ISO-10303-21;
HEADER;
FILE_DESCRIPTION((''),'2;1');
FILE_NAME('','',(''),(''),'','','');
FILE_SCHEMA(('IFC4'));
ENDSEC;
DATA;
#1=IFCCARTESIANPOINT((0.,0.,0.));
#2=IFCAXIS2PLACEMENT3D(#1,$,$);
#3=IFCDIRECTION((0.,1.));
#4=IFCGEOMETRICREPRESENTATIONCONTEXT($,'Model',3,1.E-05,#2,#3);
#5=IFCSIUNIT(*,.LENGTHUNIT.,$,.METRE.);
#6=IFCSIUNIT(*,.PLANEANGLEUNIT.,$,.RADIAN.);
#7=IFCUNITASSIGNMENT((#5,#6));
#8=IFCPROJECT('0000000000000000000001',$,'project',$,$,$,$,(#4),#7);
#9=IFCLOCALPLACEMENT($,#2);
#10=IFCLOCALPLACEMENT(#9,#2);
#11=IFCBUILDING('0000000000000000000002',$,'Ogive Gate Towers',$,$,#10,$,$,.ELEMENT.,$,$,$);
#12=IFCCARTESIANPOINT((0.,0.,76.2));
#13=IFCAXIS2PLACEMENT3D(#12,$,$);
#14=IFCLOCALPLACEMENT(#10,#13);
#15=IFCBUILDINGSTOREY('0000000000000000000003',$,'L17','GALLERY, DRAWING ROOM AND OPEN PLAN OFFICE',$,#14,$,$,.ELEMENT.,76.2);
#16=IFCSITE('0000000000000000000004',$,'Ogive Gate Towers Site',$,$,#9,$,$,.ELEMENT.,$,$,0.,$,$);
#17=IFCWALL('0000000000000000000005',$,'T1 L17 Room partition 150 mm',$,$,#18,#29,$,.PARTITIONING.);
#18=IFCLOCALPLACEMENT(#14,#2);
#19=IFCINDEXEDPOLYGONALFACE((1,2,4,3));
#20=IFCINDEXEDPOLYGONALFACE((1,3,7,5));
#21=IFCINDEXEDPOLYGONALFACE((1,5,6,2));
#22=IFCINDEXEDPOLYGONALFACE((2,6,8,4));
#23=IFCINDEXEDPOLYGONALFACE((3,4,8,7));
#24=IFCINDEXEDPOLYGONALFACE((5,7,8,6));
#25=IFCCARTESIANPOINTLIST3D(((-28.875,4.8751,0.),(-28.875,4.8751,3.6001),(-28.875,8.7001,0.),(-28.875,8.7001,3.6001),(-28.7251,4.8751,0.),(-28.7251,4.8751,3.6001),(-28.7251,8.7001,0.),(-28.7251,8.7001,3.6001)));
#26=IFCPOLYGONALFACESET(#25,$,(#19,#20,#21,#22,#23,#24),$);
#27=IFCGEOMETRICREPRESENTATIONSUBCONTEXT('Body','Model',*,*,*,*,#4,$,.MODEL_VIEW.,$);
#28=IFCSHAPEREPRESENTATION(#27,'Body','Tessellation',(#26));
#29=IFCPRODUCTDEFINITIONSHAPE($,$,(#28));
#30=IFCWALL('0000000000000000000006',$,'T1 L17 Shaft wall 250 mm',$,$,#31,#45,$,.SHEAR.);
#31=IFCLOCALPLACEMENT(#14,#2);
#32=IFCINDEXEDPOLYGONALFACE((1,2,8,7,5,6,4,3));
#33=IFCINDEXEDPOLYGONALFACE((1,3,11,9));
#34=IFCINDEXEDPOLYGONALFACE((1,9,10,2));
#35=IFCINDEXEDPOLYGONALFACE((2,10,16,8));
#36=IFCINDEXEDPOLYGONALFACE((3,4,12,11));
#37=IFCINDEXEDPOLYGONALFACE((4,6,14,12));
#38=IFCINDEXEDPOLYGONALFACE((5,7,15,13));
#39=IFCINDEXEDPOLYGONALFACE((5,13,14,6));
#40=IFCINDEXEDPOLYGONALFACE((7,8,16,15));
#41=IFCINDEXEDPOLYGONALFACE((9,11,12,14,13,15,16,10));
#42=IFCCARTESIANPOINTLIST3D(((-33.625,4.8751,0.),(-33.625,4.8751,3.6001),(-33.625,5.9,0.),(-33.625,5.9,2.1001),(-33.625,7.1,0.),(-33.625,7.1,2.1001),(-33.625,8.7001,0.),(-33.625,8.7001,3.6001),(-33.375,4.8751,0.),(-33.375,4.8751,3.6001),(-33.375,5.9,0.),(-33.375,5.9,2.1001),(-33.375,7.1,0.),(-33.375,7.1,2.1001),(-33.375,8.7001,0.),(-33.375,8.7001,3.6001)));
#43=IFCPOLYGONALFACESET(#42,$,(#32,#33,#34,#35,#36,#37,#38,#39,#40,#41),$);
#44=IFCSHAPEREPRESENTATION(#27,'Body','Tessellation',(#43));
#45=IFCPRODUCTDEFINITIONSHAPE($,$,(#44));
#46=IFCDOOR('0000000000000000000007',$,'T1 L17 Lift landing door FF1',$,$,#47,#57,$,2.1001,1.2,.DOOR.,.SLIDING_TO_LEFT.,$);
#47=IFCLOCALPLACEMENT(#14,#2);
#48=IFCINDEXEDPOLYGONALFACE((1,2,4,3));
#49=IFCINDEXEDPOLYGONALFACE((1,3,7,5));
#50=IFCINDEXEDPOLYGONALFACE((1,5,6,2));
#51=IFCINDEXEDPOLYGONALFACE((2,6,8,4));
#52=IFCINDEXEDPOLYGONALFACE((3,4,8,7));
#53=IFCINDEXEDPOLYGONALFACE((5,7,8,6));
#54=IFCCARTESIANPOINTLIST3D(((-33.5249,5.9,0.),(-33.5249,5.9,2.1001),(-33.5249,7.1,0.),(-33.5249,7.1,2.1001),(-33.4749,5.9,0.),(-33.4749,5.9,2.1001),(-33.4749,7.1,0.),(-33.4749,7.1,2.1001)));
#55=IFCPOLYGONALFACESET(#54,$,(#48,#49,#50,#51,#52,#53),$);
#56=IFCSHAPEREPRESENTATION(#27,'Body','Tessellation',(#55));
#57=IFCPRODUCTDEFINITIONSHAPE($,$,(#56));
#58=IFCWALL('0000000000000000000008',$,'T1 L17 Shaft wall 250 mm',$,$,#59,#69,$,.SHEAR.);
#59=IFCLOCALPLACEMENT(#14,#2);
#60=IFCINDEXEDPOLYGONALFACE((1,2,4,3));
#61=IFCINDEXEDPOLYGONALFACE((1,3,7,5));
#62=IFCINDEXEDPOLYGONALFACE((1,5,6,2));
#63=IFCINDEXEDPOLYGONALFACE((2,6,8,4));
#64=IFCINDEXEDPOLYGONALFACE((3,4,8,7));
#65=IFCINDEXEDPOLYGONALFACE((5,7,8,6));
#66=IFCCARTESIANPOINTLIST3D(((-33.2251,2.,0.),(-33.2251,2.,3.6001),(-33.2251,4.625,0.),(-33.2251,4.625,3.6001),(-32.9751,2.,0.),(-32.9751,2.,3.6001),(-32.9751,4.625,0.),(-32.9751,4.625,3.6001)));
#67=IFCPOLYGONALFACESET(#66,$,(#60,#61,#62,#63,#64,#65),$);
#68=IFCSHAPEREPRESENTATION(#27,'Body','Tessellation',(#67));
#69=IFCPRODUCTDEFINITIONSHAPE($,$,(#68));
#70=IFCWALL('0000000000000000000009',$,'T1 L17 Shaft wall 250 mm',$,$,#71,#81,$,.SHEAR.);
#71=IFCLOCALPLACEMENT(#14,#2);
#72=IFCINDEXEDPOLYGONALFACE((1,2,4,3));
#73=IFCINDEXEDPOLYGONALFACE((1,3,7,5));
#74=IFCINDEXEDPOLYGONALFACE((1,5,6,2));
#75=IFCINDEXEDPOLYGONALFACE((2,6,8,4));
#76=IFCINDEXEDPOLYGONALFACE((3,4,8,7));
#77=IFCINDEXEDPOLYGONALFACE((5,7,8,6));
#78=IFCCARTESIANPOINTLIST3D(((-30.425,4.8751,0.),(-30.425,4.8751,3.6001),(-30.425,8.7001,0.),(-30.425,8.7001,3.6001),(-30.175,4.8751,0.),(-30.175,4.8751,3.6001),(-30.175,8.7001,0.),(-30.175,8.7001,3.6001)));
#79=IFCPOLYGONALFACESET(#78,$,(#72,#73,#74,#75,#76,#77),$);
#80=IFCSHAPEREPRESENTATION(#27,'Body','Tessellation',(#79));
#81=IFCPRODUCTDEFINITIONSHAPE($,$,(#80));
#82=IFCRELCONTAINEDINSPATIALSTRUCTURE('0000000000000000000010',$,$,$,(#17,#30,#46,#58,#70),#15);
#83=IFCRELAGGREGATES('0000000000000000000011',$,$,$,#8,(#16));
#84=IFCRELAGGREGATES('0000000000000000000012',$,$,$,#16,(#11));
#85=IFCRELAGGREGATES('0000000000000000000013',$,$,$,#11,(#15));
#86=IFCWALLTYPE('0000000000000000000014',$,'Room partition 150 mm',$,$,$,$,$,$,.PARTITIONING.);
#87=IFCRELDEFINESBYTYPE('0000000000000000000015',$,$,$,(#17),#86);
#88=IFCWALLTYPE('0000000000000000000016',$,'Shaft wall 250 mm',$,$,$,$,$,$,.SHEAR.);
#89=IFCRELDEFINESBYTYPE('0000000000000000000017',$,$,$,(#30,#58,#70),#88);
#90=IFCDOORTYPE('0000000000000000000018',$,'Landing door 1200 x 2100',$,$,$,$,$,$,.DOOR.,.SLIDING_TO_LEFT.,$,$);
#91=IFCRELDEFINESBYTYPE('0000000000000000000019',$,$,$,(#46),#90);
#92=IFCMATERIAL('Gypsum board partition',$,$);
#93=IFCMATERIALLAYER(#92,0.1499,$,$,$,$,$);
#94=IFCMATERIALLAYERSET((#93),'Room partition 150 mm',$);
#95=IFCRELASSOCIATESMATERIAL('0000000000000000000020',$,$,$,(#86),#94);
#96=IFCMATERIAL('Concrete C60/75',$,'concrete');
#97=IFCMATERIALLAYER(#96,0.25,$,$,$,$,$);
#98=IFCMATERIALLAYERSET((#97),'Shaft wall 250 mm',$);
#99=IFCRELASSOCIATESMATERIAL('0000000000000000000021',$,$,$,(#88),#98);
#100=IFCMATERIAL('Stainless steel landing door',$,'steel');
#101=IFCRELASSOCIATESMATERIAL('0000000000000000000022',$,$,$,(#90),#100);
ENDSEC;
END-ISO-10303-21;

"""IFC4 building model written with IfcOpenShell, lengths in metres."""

from ifc_helpers import new_model, si_unit, direction, frame, frame_2d, origin, place, context, subcontext, project, spatial, rectangle, extrude, material, layer, layer_set, type_object, element, fill, save


model = new_model("IFC4")

# Units and contexts
model_context = context("Model", 3, precision=1e-05, world=origin(), true_north=direction((0.0, 1.0)))
body_context = subcontext(model_context, "Body", "Model", "MODEL_VIEW")
ifc_project = project(units=[si_unit("LENGTHUNIT", "METRE"), si_unit("PLANEANGLEUNIT", "RADIAN")], contexts=[model_context])

# Site, building, storey
site_placement = place(None, origin())
site = spatial("IfcSite", under=ifc_project, at=site_placement, Name="Ogive Gate Towers Site", CompositionType="ELEMENT", RefElevation=0.0)
building_placement = place(site_placement, origin())
building = spatial("IfcBuilding", under=site, at=building_placement, Name="Ogive Gate Towers", CompositionType="ELEMENT")
storey_placement = place(building_placement, frame((0.0, 0.0, 76.2)))
storey = spatial("IfcBuildingStorey", under=building, at=storey_placement, Name="L17", Description="GALLERY, DRAWING ROOM AND OPEN PLAN OFFICE", CompositionType="ELEMENT", Elevation=76.2)

# Shared definitions
ifc_material_1 = material(Name="Gypsum board partition")

# Wall
ifc_layer_1 = layer(ifc_material_1, 0.1499)
ifc_layer_set_1 = layer_set([ifc_layer_1], Name="Room partition 150 mm")
wall_type_1 = type_object("IfcWallType", Name="Room partition 150 mm", PredefinedType="PARTITIONING", material=ifc_layer_set_1)
wall_1_placement = place(storey_placement, frame((-28.8, 4.875, 0.0), z_axis=(0.0, 0.0, 1.0), x_axis=(0.0, 1.0, 0.0)))
element("IfcWall", 1, at=wall_1_placement, inside=storey, type_object=wall_type_1, Name="T1 L17 Room partition 150 mm", PredefinedType="PARTITIONING", context=body_context, shape_type="SweptSolid", body=[
    extrude(rectangle(XDim=3.825, YDim=0.1499, at=frame_2d((1.9126, 0.0))), origin(), (0.0, 0.0, 1.0), 3.6001),
])

# Wall, opening, door
ifc_material_2 = material(Name="Concrete C60/75", Category="concrete")
ifc_layer_2 = layer(ifc_material_2, 0.25)
ifc_layer_set_2 = layer_set([ifc_layer_2], Name="Shaft wall 250 mm")
wall_type_2 = type_object("IfcWallType", Name="Shaft wall 250 mm", PredefinedType="SHEAR", material=ifc_layer_set_2)
wall_2_placement = place(storey_placement, frame((-33.5, 4.875, 0.0), z_axis=(0.0, 0.0, 1.0), x_axis=(0.0, 1.0, 0.0)))
wall_2 = element("IfcWall", 2, at=wall_2_placement, inside=storey, type_object=wall_type_2, Name="T1 L17 Shaft wall 250 mm", PredefinedType="SHEAR", context=body_context, shape_type="SweptSolid", body=[
    extrude(rectangle(XDim=3.825, YDim=0.25, at=frame_2d((1.9126, 0.0))), origin(), (0.0, 0.0, 1.0), 3.6001),
])
opening_1_placement = place(wall_2_placement, frame((1.0249, 0.0, 0.0)))
opening_1 = element("IfcOpeningElement", 3, at=opening_1_placement, cuts=wall_2, PredefinedType="OPENING", context=body_context, shape_type="SweptSolid", body=[
    extrude(rectangle(XDim=1.2, YDim=2.1001, at=frame_2d((0.6001, 1.05))), frame((0.0, 0.135, 0.0), z_axis=(0.0, -1.0, 0.0), x_axis=(1.0, 0.0, 0.0)), (0.0, 0.0, 1.0), 0.27),
])
ifc_material_3 = material(Name="Stainless steel landing door", Category="steel")
door_type_1 = type_object("IfcDoorType", Name="Landing door 1200 x 2100", OperationType="SLIDING_TO_LEFT", PredefinedType="DOOR", material=ifc_material_3)
door_1_placement = place(opening_1_placement, origin())
door_1 = element("IfcDoor", 4, at=door_1_placement, inside=storey, type_object=door_type_1, Name="T1 L17 Lift landing door FF1", OperationType="SLIDING_TO_LEFT", OverallHeight=2.1001, OverallWidth=1.2, PredefinedType="DOOR", context=body_context, shape_type="SweptSolid", body=[
    extrude(rectangle(XDim=1.2, YDim=2.1001, at=frame_2d((0.6001, 1.05))), frame((0.0, 0.0249, 0.0), z_axis=(0.0, -1.0, 0.0), x_axis=(1.0, 0.0, 0.0)), (0.0, 0.0, 1.0), 0.05),
])
fill(opening_1, door_1)

# Walls
wall_3_placement = place(storey_placement, frame((-33.1001, 2.0, 0.0), z_axis=(0.0, 0.0, 1.0), x_axis=(0.0, 1.0, 0.0)))
element("IfcWall", 5, at=wall_3_placement, inside=storey, type_object=wall_type_2, Name="T1 L17 Shaft wall 250 mm", PredefinedType="SHEAR", context=body_context, shape_type="SweptSolid", body=[
    extrude(rectangle(XDim=2.625, YDim=0.25, at=frame_2d((1.3125, 0.0))), origin(), (0.0, 0.0, 1.0), 3.6001),
])
wall_4_placement = place(storey_placement, frame((-30.3, 4.875, 0.0), z_axis=(0.0, 0.0, 1.0), x_axis=(0.0, 1.0, 0.0)))
element("IfcWall", 6, at=wall_4_placement, inside=storey, type_object=wall_type_2, Name="T1 L17 Shaft wall 250 mm", PredefinedType="SHEAR", context=body_context, shape_type="SweptSolid", body=[
    extrude(rectangle(XDim=3.825, YDim=0.25, at=frame_2d((1.9126, 0.0))), origin(), (0.0, 0.0, 1.0), 3.6001),
])

save(model, "model.ifc")
